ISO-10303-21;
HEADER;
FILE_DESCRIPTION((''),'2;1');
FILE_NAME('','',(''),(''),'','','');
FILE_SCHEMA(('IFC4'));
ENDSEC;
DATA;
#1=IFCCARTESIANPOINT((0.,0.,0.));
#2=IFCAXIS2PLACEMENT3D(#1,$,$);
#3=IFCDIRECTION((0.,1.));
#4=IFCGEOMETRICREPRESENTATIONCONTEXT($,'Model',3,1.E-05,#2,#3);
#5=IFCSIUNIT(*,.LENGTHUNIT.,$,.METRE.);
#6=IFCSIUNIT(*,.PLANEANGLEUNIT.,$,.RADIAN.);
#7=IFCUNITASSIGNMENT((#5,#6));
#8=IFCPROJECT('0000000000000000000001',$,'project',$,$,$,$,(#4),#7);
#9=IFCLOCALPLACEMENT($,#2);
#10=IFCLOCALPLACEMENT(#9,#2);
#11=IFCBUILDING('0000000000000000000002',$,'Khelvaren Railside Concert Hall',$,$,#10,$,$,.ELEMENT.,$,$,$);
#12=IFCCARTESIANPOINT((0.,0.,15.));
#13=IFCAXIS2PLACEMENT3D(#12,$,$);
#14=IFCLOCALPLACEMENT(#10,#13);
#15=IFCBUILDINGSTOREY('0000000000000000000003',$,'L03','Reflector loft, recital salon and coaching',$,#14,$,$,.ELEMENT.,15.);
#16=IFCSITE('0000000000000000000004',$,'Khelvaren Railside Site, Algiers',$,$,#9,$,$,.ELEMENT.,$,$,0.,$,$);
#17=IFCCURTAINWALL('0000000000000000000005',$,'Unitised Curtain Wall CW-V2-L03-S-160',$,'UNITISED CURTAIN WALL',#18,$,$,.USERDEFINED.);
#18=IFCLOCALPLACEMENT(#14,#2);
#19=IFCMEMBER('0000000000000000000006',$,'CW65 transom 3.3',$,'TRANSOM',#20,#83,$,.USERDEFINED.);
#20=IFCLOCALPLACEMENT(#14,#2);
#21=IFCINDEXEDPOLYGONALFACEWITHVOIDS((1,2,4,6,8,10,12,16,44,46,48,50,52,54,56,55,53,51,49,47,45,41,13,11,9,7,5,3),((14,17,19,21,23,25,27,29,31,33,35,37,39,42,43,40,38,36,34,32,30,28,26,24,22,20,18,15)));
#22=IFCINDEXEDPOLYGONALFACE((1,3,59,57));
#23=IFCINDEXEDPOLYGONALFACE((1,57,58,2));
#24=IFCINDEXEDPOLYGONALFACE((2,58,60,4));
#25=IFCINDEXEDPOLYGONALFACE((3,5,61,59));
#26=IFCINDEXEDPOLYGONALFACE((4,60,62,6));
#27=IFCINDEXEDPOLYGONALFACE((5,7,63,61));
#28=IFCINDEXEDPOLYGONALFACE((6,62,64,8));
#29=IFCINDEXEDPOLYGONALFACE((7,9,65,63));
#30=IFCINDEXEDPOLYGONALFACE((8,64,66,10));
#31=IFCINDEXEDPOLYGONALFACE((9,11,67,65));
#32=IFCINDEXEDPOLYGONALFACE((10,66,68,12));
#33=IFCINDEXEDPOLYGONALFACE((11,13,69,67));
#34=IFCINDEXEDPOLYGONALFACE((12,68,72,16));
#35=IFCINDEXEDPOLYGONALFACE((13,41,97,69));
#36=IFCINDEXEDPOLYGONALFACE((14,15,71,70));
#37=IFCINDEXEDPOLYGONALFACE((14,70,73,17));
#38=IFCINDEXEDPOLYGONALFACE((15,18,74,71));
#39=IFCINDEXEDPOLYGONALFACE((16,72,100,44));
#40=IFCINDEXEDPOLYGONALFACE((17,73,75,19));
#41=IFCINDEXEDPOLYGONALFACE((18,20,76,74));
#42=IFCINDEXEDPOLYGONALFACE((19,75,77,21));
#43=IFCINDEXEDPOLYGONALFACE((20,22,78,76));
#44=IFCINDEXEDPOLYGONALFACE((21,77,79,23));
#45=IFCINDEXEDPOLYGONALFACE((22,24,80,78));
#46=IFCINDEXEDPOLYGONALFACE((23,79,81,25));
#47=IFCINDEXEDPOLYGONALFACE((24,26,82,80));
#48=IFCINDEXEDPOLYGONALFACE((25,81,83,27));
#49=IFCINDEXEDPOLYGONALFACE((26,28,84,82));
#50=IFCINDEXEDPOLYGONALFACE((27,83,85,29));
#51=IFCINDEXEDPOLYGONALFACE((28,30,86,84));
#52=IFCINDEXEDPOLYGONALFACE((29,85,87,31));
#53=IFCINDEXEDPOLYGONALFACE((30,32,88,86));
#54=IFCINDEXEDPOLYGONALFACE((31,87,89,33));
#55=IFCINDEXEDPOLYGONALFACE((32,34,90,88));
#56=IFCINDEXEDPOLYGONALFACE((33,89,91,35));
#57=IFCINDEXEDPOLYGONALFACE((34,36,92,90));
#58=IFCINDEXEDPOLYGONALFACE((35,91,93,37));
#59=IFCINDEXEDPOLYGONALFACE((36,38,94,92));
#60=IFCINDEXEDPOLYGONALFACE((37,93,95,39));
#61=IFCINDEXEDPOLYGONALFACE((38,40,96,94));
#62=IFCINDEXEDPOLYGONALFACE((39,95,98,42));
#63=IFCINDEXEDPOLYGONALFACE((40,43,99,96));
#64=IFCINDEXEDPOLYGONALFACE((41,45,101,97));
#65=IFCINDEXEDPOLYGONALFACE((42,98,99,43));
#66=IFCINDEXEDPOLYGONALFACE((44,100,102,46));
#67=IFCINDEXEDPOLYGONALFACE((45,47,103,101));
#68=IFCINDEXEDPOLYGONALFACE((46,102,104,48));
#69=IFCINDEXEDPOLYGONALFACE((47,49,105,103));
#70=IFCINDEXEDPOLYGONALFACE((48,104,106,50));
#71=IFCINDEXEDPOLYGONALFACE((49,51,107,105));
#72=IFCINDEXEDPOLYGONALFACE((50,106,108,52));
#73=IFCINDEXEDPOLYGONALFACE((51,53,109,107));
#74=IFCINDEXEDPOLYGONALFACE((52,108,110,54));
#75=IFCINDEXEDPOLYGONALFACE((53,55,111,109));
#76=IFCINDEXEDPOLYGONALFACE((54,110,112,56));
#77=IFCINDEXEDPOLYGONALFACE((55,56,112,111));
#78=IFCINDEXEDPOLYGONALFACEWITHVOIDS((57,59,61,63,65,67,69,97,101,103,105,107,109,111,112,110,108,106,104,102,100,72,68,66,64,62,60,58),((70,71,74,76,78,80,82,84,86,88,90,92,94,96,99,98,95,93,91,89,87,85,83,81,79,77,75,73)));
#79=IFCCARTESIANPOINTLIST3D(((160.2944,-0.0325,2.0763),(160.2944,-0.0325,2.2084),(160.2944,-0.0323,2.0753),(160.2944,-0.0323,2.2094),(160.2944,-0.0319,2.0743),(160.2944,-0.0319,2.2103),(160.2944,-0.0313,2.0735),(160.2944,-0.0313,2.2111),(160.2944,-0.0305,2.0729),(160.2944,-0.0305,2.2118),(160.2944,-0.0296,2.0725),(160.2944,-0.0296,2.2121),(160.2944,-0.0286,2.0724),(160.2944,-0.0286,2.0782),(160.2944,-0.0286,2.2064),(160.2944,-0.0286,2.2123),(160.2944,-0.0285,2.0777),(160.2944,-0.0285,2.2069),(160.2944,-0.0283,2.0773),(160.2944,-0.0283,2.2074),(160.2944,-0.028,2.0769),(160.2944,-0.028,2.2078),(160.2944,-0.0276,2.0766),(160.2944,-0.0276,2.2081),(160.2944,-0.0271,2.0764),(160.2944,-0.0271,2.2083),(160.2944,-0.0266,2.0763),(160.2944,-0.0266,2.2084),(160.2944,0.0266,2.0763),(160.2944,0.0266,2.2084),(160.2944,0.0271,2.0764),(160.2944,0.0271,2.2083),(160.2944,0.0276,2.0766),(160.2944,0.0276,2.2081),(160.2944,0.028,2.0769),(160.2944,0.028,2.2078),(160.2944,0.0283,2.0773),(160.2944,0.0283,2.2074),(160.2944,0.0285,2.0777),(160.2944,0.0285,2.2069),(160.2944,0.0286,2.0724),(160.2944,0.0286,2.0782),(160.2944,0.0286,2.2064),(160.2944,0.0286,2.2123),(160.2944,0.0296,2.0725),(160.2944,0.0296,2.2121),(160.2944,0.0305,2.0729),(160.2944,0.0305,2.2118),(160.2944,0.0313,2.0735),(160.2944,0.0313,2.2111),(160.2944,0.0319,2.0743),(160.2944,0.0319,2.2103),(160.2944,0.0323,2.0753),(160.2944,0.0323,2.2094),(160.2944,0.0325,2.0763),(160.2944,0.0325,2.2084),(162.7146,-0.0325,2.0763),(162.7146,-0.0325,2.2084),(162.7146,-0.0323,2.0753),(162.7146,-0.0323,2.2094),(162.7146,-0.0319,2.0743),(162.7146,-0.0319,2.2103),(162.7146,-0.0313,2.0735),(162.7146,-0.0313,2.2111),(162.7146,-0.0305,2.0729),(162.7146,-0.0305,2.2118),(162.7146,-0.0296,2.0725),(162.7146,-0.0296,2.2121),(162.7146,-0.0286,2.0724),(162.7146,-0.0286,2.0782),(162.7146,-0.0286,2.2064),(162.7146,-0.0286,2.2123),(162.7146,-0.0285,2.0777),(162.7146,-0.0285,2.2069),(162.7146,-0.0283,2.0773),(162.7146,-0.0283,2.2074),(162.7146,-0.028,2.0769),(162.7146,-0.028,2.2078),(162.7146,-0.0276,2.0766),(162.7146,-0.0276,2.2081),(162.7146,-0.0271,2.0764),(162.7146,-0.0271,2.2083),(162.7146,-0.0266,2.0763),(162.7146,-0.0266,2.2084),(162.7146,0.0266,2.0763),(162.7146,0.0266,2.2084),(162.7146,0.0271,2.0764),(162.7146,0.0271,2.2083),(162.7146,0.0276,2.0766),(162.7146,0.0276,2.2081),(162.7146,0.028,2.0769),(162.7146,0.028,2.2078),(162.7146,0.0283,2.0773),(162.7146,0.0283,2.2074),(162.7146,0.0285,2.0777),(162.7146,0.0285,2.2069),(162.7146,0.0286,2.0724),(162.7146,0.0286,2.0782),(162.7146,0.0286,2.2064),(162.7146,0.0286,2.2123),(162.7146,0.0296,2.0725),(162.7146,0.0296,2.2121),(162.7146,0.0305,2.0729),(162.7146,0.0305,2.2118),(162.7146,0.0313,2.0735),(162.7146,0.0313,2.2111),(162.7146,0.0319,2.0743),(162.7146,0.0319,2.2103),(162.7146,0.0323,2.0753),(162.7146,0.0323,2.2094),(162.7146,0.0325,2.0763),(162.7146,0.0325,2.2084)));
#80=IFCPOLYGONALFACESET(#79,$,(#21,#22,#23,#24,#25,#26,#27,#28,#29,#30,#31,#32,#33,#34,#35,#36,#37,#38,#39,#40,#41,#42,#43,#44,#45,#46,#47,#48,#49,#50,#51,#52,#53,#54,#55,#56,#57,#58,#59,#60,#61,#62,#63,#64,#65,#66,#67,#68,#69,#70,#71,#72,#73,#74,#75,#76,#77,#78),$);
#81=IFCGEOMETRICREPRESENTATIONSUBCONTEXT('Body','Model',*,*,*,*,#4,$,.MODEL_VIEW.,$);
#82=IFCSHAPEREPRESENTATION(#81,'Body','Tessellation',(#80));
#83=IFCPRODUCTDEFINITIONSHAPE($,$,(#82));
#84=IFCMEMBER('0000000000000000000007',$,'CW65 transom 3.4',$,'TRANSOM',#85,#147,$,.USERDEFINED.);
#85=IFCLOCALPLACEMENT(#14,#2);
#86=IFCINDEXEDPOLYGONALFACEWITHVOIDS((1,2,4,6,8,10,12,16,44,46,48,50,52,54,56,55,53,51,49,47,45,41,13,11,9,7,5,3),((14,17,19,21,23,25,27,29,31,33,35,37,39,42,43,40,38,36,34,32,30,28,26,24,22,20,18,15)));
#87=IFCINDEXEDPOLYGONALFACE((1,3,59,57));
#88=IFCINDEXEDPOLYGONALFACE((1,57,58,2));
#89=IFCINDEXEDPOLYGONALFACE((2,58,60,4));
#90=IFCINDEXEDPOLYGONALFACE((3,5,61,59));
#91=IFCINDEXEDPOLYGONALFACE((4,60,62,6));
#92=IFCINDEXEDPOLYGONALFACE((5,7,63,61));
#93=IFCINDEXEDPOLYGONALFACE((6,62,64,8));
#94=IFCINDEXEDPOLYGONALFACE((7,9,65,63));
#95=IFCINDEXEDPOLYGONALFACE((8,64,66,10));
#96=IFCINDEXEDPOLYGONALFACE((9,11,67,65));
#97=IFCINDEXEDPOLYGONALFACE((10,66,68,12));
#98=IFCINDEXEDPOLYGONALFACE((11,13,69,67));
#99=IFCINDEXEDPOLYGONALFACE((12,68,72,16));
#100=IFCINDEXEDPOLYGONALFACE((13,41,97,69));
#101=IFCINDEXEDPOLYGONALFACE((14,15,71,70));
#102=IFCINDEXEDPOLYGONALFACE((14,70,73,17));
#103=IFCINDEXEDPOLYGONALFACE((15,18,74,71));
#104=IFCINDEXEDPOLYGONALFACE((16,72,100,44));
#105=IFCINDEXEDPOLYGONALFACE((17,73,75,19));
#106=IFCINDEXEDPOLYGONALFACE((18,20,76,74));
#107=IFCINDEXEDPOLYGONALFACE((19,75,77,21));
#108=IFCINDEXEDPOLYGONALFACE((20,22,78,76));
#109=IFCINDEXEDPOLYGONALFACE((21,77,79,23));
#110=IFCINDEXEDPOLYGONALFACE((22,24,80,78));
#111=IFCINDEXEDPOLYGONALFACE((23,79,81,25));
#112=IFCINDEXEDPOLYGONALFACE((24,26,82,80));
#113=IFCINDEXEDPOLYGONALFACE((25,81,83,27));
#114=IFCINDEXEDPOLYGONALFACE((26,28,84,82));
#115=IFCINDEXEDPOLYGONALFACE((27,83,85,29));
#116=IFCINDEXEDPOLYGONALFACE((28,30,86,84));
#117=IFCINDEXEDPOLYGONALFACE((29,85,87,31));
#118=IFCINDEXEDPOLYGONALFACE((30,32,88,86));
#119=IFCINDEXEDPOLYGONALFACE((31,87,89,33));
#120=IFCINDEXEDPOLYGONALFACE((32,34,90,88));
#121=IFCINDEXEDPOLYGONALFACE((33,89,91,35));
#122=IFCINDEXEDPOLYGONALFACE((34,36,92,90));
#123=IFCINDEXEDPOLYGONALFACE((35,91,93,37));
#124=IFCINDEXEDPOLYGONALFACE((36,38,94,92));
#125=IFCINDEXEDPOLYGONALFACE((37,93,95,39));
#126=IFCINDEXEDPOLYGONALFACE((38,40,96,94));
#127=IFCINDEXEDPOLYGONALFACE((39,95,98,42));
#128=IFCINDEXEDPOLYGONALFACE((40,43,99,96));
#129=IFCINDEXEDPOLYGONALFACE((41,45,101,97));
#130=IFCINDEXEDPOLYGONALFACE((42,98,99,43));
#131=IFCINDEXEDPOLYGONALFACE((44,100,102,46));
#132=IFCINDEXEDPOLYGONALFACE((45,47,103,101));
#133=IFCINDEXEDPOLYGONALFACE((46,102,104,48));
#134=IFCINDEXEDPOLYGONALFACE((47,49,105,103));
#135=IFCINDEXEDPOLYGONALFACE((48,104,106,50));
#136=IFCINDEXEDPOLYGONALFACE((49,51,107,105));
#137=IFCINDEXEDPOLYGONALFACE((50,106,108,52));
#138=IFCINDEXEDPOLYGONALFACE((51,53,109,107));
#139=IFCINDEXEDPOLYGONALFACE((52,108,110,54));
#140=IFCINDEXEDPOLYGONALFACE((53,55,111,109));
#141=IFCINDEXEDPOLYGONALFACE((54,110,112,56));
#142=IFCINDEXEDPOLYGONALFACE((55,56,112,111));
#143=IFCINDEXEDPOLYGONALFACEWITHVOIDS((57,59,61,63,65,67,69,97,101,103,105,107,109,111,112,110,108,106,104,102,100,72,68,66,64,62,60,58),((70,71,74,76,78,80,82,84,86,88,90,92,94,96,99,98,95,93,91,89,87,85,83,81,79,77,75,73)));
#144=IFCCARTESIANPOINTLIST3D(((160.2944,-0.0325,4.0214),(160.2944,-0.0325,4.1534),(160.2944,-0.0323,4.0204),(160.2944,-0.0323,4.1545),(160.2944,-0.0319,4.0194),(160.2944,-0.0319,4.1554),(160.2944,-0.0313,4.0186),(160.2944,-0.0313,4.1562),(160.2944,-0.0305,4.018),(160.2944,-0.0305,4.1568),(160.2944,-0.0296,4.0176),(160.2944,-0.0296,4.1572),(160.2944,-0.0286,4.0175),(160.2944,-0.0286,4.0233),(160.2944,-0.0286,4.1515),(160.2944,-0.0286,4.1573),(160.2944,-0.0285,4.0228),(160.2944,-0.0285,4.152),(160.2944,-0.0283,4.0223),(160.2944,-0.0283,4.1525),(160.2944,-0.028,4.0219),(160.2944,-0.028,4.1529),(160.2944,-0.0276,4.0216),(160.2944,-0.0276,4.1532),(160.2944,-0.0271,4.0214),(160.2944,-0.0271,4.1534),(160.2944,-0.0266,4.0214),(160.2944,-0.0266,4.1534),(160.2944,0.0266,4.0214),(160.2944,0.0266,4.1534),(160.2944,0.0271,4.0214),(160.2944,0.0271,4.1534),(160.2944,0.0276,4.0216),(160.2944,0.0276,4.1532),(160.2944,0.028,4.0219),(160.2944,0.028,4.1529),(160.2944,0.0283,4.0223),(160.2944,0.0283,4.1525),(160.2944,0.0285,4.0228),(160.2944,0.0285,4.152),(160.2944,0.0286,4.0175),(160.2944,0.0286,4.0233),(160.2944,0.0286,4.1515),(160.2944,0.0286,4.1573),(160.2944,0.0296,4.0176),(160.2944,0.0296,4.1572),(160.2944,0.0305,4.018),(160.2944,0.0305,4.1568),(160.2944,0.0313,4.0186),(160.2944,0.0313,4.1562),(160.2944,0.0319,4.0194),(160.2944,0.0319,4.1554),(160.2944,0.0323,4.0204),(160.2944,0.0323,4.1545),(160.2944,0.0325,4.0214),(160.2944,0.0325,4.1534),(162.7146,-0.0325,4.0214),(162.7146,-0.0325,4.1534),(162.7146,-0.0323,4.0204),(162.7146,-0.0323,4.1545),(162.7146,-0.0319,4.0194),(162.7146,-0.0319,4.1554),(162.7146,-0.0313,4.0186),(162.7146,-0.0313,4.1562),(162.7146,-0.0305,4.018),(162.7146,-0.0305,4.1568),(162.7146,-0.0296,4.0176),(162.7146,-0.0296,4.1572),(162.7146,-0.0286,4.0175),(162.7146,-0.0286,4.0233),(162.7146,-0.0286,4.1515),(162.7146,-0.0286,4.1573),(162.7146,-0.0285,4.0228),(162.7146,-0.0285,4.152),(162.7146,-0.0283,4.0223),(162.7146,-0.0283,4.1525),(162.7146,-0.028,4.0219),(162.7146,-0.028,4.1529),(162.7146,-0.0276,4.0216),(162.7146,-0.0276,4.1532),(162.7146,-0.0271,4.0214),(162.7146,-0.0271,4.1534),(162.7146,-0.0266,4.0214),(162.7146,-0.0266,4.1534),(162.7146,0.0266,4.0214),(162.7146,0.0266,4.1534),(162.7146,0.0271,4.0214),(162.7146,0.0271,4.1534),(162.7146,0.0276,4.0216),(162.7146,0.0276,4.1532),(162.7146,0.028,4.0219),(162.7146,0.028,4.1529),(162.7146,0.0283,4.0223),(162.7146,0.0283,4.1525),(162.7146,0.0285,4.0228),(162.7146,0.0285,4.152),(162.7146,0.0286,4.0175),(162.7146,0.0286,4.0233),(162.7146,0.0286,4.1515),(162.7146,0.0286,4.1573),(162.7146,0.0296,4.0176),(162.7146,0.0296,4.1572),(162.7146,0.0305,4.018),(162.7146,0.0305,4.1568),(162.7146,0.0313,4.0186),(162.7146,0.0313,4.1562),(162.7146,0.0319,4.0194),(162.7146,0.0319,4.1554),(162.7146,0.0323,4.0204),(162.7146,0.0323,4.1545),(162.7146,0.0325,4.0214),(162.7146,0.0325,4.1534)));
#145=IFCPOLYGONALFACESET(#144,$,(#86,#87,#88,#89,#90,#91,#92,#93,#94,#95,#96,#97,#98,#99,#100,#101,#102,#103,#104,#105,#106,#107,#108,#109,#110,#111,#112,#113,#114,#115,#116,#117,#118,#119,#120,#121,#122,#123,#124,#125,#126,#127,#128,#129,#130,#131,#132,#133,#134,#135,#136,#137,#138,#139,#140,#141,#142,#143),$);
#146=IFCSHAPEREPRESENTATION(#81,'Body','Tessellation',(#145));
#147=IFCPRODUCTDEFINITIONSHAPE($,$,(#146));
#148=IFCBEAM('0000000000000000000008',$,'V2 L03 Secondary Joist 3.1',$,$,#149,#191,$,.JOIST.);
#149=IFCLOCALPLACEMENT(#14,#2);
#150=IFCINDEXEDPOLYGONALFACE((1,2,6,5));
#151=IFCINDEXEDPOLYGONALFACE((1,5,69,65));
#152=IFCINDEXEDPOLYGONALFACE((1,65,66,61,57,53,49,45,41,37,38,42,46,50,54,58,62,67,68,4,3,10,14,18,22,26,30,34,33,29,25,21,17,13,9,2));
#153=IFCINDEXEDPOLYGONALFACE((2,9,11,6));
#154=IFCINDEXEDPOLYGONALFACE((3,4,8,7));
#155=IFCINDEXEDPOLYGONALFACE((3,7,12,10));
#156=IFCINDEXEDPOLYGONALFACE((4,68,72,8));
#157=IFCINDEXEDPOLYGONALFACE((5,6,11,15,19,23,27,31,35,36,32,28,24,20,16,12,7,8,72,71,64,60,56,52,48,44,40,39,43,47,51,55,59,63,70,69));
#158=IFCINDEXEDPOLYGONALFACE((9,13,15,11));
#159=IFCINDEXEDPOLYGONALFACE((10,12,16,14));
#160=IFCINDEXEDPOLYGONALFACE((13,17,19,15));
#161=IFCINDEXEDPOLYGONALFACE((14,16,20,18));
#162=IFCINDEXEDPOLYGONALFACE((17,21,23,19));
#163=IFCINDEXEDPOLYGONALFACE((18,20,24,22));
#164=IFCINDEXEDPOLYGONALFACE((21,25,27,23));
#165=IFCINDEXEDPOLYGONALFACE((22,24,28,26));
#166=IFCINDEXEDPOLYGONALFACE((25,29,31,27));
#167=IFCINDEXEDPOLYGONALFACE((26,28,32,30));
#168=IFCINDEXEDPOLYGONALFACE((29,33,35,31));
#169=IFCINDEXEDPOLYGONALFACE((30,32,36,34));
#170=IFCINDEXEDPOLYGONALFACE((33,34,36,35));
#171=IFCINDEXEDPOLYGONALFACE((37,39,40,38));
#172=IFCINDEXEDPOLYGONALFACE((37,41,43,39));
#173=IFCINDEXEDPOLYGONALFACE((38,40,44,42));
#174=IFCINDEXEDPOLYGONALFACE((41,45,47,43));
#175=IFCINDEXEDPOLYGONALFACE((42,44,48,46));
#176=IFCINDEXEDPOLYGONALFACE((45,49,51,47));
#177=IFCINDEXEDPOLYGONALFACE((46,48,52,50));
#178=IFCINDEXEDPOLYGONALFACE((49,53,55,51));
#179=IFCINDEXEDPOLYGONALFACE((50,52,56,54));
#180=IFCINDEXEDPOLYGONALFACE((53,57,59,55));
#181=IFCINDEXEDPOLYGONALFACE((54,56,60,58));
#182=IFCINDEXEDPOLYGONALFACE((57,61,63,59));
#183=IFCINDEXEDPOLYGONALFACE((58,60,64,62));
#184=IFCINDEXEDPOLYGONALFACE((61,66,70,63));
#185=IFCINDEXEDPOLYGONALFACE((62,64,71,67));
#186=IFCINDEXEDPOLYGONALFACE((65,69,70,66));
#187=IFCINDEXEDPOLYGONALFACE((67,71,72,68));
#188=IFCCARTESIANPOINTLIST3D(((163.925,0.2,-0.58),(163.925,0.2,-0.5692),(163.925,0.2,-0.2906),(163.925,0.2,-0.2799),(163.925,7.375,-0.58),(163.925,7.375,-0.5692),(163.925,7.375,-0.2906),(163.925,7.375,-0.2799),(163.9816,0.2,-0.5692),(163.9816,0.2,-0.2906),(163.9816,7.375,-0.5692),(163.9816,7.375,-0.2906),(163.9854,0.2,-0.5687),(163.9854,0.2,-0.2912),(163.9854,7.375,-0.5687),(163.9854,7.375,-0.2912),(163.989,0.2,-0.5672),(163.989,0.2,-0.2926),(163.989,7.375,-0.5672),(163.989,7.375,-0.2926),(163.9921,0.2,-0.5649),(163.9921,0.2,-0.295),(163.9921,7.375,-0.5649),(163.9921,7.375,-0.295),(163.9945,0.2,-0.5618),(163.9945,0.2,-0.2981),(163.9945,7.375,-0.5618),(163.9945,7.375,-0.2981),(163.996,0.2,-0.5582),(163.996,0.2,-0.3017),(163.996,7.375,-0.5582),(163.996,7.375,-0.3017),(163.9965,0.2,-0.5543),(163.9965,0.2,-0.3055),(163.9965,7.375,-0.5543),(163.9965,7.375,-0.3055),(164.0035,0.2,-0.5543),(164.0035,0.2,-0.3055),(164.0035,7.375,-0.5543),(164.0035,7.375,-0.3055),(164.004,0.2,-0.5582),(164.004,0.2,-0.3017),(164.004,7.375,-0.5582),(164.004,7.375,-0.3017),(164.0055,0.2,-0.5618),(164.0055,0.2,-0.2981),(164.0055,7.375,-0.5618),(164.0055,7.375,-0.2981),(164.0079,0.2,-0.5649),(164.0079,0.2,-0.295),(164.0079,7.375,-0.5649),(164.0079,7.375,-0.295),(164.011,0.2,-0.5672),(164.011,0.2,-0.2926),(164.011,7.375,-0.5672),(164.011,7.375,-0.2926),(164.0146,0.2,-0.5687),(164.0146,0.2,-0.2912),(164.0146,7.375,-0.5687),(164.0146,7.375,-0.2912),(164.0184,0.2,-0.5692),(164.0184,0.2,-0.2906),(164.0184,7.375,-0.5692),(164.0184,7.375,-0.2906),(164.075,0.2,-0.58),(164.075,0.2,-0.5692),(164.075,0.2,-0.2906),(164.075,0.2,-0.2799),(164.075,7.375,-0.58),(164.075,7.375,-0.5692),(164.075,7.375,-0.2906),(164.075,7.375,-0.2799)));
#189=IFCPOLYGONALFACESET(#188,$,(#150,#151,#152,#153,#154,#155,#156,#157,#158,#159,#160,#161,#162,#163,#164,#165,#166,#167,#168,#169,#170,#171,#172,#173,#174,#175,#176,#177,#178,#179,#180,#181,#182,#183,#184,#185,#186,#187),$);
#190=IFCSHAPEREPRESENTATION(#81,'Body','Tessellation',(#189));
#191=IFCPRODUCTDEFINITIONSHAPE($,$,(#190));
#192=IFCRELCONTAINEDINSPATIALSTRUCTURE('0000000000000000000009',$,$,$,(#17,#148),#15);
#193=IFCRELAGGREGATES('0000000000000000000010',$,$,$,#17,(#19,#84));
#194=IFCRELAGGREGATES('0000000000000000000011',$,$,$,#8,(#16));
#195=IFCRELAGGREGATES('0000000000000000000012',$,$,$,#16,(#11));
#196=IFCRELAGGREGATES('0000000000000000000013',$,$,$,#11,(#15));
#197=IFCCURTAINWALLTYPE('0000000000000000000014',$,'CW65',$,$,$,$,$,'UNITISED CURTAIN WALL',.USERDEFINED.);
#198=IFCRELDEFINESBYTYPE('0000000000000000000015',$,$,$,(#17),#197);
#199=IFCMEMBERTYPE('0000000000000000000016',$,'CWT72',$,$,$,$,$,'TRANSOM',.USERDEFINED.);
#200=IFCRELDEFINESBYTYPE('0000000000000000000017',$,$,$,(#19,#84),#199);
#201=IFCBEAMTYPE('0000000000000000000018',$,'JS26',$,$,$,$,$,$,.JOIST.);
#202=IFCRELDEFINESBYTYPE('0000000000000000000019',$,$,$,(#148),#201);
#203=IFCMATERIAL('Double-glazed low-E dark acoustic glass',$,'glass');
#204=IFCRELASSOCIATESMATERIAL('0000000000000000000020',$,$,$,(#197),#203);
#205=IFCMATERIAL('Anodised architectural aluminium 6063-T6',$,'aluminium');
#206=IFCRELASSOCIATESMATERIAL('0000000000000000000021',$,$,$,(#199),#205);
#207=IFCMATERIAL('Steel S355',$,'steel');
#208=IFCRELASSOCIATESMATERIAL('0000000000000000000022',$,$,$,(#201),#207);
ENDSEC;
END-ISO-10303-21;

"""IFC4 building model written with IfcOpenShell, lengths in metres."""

from ifc_helpers import new_model, si_unit, direction, frame, origin, origin_2d, place, context, subcontext, project, spatial, hollow_rectangle, i_section, extrude, material, material_profile, profile_set, type_object, element, aggregate, save


model = new_model("IFC4")

# Units and contexts
model_context = context("Model", 3, precision=1e-05, world=origin(), true_north=direction((0.0, 1.0)))
body_context = subcontext(model_context, "Body", "Model", "MODEL_VIEW")
ifc_project = project(units=[si_unit("LENGTHUNIT", "METRE"), si_unit("PLANEANGLEUNIT", "RADIAN")], contexts=[model_context])

# Site, building, storey
site_placement = place(None, origin())
site = spatial("IfcSite", under=ifc_project, at=site_placement, Name="Khelvaren Railside Site, Algiers", CompositionType="ELEMENT", RefElevation=0.0)
building_placement = place(site_placement, origin())
building = spatial("IfcBuilding", under=site, at=building_placement, Name="Khelvaren Railside Concert Hall", CompositionType="ELEMENT")
storey_placement = place(building_placement, frame((0.0, 0.0, 15.0)))
storey = spatial("IfcBuildingStorey", under=building, at=storey_placement, Name="L03", Description="Reflector loft, recital salon and coaching", CompositionType="ELEMENT", Elevation=15.0)

# Shared definitions
ifc_material_1 = material(Name="Steel S355", Category="steel")

# Curtain wall, members
ifc_material_2 = material(Name="Double-glazed low-E dark acoustic glass", Category="glass")
curtain_wall_type = type_object("IfcCurtainWallType", Name="CW65", ElementType="UNITISED CURTAIN WALL", PredefinedType="USERDEFINED", material=ifc_material_2)
curtain_wall_placement = place(storey_placement, origin())
curtain_wall = element("IfcCurtainWall", 1, at=curtain_wall_placement, inside=storey, type_object=curtain_wall_type, Name="Unitised Curtain Wall CW-V2-L03-S-160", ObjectType="UNITISED CURTAIN WALL", PredefinedType="USERDEFINED")
ifc_material_3 = material(Name="Anodised architectural aluminium 6063-T6", Category="aluminium")
ifc_material_profile_1 = material_profile(ifc_material_3, hollow_rectangle(XDim=0.0649, YDim=0.1399, WallThickness=0.0039, InnerFilletRadius=0.002, OuterFilletRadius=0.0039, at=origin_2d()), Name="CWT 65x140x4")
ifc_profile_set_1 = profile_set([ifc_material_profile_1], Name="Anodised architectural aluminium 6063-T6")
member_type_1 = type_object("IfcMemberType", Name="CWT72", ElementType="TRANSOM", PredefinedType="USERDEFINED", material=ifc_profile_set_1)
member_1_placement = place(storey_placement, frame((162.7146, 0.0, 2.1423), z_axis=(-1.0, 0.0, 0.0), x_axis=(0.0, -1.0, 0.0)))
member_1 = element("IfcMember", 2, at=member_1_placement, type_object=member_type_1, Name="CW65 transom 3.3", ObjectType="TRANSOM", PredefinedType="USERDEFINED", context=body_context, shape_type="SweptSolid", body=[
    extrude(hollow_rectangle(XDim=0.0649, YDim=0.1399, WallThickness=0.0039, InnerFilletRadius=0.002, OuterFilletRadius=0.0039, at=origin_2d()), origin(), (0.0, 0.0, 1.0), 2.4202),
])
member_2_placement = place(storey_placement, frame((162.7146, 0.0, 4.0874), z_axis=(-1.0, 0.0, 0.0), x_axis=(0.0, -1.0, 0.0)))
member_2 = element("IfcMember", 3, at=member_2_placement, type_object=member_type_1, Name="CW65 transom 3.4", ObjectType="TRANSOM", PredefinedType="USERDEFINED", context=body_context, shape_type="SweptSolid", body=[
    extrude(hollow_rectangle(XDim=0.0649, YDim=0.1399, WallThickness=0.0039, InnerFilletRadius=0.002, OuterFilletRadius=0.0039, at=origin_2d()), origin(), (0.0, 0.0, 1.0), 2.4202),
])

# Beam
ifc_material_profile_2 = material_profile(ifc_material_1, i_section(OverallWidth=0.1499, OverallDepth=0.3, WebThickness=0.0071, FlangeThickness=0.0107, FilletRadius=0.0149, at=origin_2d()), Name="IPE 300")
ifc_profile_set_2 = profile_set([ifc_material_profile_2], Name="Steel S355")
beam_type_1 = type_object("IfcBeamType", Name="JS26", PredefinedType="JOIST", material=ifc_profile_set_2)
beam_1_placement = place(storey_placement, frame((164.0, 0.2, -0.4299), z_axis=(0.0, 1.0, 0.0), x_axis=(-1.0, 0.0, 0.0)))
element("IfcBeam", 4, at=beam_1_placement, inside=storey, type_object=beam_type_1, Name="V2 L03 Secondary Joist 3.1", PredefinedType="JOIST", context=body_context, shape_type="SweptSolid", body=[
    extrude(i_section(OverallWidth=0.1499, OverallDepth=0.3, WebThickness=0.0071, FlangeThickness=0.0107, FilletRadius=0.0149, at=origin_2d()), origin(), (0.0, 0.0, 1.0), 7.175),
])

aggregate(curtain_wall, [member_1, member_2])

save(model, "model.ifc")
